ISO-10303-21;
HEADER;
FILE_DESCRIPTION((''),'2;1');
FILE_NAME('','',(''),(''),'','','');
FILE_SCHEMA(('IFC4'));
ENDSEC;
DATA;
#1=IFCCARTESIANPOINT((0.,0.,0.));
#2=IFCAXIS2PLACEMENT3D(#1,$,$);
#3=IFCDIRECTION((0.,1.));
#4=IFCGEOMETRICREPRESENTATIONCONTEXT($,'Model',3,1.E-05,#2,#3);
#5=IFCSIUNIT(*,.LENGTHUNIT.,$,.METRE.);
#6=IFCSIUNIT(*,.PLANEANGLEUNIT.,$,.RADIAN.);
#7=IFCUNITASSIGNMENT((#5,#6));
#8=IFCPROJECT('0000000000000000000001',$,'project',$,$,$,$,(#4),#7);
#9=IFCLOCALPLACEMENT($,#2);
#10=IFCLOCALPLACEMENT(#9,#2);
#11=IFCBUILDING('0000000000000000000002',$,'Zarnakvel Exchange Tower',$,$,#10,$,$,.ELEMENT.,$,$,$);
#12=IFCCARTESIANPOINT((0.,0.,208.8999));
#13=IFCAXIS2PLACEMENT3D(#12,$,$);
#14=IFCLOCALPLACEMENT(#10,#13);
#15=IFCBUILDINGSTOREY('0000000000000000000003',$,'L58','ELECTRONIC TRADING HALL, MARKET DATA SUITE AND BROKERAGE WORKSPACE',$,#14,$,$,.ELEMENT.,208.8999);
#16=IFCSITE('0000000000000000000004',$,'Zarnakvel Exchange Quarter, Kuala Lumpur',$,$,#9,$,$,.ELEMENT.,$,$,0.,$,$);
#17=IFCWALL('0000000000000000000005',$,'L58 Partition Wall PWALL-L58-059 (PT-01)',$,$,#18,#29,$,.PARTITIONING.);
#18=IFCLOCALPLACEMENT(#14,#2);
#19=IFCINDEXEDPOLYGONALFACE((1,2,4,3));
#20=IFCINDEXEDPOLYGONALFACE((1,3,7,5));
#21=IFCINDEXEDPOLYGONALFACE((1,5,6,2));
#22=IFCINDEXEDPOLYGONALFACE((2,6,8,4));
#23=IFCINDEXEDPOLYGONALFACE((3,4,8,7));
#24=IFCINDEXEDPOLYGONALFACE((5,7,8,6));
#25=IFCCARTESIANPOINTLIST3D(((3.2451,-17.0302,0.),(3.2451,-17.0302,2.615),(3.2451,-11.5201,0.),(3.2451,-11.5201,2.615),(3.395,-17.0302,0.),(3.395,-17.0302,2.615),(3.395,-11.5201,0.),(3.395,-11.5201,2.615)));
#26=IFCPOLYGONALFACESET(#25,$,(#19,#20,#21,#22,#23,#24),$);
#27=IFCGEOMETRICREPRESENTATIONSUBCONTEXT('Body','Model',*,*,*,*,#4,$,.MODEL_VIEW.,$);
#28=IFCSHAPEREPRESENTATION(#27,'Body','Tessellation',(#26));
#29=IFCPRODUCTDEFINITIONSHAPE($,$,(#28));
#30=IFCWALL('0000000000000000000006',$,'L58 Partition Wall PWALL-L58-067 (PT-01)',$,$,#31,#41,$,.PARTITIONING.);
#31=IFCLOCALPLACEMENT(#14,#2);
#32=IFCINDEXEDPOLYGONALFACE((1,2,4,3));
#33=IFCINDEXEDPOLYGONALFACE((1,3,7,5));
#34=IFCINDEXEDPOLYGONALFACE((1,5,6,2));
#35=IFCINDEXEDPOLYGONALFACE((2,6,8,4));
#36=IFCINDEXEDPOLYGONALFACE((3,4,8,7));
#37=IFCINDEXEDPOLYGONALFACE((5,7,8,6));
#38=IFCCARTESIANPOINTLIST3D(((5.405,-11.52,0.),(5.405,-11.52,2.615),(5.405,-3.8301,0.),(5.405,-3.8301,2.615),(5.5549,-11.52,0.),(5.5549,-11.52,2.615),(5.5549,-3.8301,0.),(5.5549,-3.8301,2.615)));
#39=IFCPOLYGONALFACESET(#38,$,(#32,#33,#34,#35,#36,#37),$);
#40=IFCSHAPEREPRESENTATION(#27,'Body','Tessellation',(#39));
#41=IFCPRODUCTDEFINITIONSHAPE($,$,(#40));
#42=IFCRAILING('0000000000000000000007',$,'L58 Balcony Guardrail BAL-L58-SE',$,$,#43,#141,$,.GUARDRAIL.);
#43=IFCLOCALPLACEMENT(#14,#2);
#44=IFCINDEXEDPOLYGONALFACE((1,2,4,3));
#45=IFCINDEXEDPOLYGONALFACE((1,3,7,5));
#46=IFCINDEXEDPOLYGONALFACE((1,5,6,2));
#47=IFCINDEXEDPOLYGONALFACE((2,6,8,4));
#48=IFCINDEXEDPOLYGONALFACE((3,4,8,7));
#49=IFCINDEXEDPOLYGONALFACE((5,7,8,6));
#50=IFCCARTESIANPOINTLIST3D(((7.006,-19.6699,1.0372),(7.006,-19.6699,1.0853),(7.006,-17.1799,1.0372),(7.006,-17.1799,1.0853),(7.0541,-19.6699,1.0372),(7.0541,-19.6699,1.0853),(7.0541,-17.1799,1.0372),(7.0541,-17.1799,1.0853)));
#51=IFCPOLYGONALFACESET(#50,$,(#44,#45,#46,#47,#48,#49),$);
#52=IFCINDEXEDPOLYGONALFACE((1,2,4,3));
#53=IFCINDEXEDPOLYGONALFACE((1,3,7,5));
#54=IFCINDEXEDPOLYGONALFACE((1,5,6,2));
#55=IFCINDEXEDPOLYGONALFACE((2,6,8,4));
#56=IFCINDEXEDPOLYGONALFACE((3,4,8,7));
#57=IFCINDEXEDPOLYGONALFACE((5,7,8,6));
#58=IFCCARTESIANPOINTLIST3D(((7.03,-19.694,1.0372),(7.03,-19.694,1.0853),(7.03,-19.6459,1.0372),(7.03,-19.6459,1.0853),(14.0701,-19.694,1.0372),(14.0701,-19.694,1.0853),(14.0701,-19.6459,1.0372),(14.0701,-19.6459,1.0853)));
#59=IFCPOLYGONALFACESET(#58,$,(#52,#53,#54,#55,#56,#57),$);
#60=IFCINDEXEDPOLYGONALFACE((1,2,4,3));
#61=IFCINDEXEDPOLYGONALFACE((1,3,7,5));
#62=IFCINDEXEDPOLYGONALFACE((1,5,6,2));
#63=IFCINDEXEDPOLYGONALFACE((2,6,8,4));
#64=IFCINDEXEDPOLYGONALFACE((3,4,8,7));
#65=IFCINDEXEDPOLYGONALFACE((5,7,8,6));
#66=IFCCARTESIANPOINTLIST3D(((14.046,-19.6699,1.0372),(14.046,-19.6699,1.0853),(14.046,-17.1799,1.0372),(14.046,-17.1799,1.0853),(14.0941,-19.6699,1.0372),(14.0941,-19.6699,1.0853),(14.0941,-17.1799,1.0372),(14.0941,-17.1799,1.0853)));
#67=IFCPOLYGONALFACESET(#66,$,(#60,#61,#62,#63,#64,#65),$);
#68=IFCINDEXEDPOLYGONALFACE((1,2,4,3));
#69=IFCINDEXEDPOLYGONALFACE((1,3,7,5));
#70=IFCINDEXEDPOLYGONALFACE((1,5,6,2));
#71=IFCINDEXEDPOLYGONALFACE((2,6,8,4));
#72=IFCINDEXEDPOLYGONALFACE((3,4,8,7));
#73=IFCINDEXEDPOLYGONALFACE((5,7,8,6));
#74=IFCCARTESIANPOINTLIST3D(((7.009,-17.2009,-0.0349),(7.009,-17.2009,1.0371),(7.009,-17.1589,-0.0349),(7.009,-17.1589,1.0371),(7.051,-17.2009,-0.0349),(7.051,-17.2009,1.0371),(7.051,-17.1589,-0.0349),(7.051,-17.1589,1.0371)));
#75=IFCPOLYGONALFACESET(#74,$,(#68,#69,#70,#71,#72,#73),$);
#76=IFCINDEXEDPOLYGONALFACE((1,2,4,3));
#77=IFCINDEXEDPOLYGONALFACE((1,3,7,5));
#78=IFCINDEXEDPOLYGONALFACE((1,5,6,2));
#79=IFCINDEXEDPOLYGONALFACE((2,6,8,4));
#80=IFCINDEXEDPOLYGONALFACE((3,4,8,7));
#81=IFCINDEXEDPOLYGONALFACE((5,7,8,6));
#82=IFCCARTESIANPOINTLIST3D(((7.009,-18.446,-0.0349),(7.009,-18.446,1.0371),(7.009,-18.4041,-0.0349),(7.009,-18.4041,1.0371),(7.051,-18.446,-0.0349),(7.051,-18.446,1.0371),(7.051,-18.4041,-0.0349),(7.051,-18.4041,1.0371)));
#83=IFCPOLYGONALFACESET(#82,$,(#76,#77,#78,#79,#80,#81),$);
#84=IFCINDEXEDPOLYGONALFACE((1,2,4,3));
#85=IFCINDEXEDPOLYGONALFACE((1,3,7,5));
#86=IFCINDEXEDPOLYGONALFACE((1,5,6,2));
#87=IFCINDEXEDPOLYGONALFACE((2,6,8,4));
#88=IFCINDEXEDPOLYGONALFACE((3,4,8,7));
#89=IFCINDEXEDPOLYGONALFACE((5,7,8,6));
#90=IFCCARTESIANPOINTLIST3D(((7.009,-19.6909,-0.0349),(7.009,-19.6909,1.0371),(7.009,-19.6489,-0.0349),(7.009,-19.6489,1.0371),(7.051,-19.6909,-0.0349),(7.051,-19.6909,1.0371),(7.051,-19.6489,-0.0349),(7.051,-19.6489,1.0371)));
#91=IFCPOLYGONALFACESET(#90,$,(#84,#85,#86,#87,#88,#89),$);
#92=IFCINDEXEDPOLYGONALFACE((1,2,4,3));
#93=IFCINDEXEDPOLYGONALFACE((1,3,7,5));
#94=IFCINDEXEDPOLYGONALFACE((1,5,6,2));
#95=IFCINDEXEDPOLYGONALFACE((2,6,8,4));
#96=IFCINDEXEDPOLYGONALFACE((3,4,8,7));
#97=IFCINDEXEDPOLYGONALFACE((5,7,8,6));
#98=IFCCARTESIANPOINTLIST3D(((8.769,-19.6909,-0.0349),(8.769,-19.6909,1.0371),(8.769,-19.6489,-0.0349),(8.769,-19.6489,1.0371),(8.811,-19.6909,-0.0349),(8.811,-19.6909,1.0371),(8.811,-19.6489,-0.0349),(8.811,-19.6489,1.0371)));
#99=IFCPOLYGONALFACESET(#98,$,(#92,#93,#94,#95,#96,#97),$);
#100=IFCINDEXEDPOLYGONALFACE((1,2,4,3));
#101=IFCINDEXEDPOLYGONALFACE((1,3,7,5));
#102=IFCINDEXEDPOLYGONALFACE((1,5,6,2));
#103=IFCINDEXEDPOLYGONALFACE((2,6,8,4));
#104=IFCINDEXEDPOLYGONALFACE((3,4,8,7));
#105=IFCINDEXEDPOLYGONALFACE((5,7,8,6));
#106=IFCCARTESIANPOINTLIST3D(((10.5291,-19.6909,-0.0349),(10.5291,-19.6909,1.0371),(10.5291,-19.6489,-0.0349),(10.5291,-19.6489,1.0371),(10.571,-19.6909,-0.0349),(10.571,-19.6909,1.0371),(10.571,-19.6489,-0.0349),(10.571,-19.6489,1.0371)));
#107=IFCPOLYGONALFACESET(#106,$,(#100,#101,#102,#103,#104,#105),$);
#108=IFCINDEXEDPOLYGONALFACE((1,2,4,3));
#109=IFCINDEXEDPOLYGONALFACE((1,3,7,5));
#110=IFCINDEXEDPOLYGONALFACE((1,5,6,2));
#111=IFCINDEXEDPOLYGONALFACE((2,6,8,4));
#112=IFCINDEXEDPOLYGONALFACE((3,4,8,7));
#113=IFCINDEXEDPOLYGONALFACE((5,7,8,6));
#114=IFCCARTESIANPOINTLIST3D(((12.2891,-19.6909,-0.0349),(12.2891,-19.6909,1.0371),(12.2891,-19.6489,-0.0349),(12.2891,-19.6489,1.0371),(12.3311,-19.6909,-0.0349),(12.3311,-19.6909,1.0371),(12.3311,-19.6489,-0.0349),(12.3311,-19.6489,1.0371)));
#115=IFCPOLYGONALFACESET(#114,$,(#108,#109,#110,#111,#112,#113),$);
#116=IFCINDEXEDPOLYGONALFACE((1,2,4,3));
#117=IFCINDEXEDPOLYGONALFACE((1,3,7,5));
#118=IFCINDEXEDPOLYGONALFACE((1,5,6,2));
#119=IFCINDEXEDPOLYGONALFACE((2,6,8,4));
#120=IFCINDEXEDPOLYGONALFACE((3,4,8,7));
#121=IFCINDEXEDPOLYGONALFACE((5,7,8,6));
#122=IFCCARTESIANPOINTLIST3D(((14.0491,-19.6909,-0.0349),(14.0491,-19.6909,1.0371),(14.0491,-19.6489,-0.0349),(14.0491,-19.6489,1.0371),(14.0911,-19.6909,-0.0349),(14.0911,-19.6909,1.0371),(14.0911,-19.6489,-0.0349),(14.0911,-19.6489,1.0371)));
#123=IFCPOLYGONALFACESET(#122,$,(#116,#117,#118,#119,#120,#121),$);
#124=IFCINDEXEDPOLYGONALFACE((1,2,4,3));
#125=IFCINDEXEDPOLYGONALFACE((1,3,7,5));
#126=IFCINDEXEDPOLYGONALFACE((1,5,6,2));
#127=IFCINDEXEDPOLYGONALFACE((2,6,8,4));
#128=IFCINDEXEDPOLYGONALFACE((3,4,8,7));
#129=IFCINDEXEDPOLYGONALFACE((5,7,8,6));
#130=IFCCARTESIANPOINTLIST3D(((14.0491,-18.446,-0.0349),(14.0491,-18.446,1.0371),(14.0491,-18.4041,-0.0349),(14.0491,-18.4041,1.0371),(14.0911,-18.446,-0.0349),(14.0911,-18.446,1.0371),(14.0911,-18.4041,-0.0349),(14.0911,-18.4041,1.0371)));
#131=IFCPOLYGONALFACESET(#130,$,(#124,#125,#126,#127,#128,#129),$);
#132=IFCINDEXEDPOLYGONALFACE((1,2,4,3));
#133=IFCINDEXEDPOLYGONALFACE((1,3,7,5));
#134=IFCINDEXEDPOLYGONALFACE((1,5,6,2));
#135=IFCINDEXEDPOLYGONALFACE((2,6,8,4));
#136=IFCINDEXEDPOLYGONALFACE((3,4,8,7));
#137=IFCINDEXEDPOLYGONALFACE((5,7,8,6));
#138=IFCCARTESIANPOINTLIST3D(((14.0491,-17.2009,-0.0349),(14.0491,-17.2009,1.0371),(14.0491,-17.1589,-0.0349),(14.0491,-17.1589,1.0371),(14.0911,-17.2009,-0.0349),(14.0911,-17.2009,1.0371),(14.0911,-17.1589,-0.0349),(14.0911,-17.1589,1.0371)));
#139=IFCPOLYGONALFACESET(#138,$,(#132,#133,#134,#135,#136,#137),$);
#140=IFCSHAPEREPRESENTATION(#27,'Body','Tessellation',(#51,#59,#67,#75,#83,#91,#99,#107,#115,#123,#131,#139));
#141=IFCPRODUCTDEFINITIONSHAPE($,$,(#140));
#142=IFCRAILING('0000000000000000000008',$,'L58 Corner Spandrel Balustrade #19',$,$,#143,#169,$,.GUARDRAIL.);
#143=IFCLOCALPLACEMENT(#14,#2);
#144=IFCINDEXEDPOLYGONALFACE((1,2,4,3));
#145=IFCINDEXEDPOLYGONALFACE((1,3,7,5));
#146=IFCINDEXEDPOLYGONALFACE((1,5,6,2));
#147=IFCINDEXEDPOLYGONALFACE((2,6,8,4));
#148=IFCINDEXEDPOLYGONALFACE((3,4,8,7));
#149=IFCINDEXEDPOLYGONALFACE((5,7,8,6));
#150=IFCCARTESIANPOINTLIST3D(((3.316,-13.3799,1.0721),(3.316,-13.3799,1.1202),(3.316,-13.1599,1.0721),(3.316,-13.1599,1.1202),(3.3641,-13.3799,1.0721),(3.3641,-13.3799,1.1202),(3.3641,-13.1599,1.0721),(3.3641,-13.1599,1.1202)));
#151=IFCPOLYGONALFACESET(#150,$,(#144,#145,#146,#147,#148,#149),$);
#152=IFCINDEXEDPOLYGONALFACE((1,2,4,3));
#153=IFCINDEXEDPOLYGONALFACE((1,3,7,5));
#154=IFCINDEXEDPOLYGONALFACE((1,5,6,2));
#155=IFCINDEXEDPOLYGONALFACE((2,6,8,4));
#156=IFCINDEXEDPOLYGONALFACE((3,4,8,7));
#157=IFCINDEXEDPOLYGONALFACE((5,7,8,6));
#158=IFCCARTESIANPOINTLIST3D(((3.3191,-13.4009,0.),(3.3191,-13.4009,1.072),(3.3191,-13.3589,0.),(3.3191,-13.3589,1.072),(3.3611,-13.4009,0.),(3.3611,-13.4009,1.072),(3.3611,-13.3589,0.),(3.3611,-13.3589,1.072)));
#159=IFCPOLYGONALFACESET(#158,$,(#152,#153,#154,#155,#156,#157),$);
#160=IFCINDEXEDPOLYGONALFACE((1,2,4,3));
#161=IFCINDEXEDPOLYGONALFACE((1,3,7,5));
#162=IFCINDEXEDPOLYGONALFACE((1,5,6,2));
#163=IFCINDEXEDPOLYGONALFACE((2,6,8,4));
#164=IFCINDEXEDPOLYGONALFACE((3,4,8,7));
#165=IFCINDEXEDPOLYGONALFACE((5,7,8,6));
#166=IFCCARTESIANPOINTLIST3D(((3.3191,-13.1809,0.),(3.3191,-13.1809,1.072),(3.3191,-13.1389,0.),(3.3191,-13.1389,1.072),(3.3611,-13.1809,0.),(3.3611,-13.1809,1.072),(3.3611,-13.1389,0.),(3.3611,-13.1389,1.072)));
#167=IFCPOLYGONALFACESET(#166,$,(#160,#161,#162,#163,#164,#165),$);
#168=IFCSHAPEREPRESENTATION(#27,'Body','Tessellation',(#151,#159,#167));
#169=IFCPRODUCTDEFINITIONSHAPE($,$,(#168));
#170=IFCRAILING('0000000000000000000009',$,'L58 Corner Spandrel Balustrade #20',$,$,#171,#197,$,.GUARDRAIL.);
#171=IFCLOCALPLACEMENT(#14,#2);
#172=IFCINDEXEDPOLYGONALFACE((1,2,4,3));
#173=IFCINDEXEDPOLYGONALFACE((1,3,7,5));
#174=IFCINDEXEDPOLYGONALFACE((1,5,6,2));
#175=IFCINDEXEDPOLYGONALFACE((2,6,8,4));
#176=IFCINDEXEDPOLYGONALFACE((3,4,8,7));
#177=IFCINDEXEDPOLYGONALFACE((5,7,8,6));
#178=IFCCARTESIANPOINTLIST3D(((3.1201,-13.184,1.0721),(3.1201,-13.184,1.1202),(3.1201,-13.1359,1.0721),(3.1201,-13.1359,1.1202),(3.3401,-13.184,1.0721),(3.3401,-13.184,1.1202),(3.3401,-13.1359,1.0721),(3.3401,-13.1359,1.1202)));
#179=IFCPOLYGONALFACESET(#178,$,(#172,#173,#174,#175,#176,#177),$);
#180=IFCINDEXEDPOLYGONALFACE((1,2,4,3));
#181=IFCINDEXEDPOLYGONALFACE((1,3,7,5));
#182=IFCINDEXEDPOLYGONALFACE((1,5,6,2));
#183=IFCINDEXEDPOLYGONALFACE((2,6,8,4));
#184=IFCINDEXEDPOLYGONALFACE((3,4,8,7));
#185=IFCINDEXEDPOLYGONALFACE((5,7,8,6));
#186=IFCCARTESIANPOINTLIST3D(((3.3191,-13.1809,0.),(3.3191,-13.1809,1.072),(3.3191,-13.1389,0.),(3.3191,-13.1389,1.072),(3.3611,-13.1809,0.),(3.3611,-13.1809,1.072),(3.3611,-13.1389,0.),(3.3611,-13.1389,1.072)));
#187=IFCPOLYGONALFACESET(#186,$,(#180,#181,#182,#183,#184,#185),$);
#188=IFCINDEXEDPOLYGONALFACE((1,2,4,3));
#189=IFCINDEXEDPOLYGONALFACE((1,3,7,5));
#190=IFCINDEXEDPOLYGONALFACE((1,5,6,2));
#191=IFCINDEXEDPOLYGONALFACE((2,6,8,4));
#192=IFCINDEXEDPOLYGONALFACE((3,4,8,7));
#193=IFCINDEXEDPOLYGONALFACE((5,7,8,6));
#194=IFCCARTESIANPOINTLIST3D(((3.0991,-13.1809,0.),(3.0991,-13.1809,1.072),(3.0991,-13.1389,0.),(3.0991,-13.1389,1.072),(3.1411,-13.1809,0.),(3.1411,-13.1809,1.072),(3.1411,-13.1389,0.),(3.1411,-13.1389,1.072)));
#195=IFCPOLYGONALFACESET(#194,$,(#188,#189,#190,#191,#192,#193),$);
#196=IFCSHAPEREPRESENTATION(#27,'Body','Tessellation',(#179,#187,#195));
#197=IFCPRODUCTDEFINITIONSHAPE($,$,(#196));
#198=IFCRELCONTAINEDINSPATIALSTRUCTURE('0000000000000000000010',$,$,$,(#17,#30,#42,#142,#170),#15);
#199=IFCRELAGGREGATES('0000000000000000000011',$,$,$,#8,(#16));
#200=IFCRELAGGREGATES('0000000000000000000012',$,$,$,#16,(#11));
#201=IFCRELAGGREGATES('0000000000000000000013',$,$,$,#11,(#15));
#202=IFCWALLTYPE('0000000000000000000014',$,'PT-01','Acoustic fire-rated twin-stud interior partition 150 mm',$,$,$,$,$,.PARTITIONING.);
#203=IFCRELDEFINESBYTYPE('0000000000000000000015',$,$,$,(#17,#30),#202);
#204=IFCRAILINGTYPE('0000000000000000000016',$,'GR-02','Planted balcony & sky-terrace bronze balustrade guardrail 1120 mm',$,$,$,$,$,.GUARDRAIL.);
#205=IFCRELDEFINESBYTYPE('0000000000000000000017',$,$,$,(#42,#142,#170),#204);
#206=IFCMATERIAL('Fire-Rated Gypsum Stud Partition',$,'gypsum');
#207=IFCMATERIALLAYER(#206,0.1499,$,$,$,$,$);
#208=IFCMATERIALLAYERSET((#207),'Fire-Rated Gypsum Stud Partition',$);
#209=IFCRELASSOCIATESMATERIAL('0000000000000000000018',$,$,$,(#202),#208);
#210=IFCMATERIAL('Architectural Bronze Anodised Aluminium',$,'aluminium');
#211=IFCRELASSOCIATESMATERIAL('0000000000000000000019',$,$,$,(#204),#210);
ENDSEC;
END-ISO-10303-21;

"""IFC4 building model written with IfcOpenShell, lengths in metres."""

from ifc_helpers import new_model, si_unit, direction, frame, frame_2d, origin, origin_2d, place, context, subcontext, project, spatial, rectangle, extrude, material, layer, layer_set, type_object, element, save


model = new_model("IFC4")

# Units and contexts
model_context = context("Model", 3, precision=1e-05, world=origin(), true_north=direction((0.0, 1.0)))
body_context = subcontext(model_context, "Body", "Model", "MODEL_VIEW")
ifc_project = project(units=[si_unit("LENGTHUNIT", "METRE"), si_unit("PLANEANGLEUNIT", "RADIAN")], contexts=[model_context])

# Site, building, storey
site_placement = place(None, origin())
site = spatial("IfcSite", under=ifc_project, at=site_placement, Name="Zarnakvel Exchange Quarter, Kuala Lumpur", CompositionType="ELEMENT", RefElevation=0.0)
building_placement = place(site_placement, origin())
building = spatial("IfcBuilding", under=site, at=building_placement, Name="Zarnakvel Exchange Tower", CompositionType="ELEMENT")
storey_placement = place(building_placement, frame((0.0, 0.0, 208.8999)))
storey = spatial("IfcBuildingStorey", under=building, at=storey_placement, Name="L58", Description="ELECTRONIC TRADING HALL, MARKET DATA SUITE AND BROKERAGE WORKSPACE", CompositionType="ELEMENT", Elevation=208.8999)

# Shared definitions
ifc_material_1 = material(Name="Architectural Bronze Anodised Aluminium", Category="aluminium")

# Walls
ifc_material_2 = material(Name="Fire-Rated Gypsum Stud Partition", Category="gypsum")
ifc_layer_1 = layer(ifc_material_2, 0.1499)
ifc_layer_set_1 = layer_set([ifc_layer_1], Name="Fire-Rated Gypsum Stud Partition")
wall_type_1 = type_object("IfcWallType", Name="PT-01", Description="Acoustic fire-rated twin-stud interior partition 150 mm", PredefinedType="PARTITIONING", material=ifc_layer_set_1)
wall_1_placement = place(storey_placement, frame((3.3201, -17.03, 0.0), z_axis=(0.0, 0.0, 1.0), x_axis=(0.0, 1.0, 0.0)))
element("IfcWall", 1, at=wall_1_placement, inside=storey, type_object=wall_type_1, Name="L58 Partition Wall PWALL-L58-059 (PT-01)", PredefinedType="PARTITIONING", context=body_context, shape_type="SweptSolid", body=[
    extrude(rectangle(XDim=5.51, YDim=0.1499, at=frame_2d((2.7549, 0.0))), origin(), (0.0, 0.0, 1.0), 2.615),
])
wall_2_placement = place(storey_placement, frame((5.48, -11.52, 0.0), z_axis=(0.0, 0.0, 1.0), x_axis=(0.0, 1.0, 0.0)))
element("IfcWall", 2, at=wall_2_placement, inside=storey, type_object=wall_type_1, Name="L58 Partition Wall PWALL-L58-067 (PT-01)", PredefinedType="PARTITIONING", context=body_context, shape_type="SweptSolid", body=[
    extrude(rectangle(XDim=7.6899, YDim=0.1499, at=frame_2d((3.845, 0.0))), origin(), (0.0, 0.0, 1.0), 2.615),
])

# Railings
railing_type = type_object("IfcRailingType", Name="GR-02", Description="Planted balcony & sky-terrace bronze balustrade guardrail 1120 mm", PredefinedType="GUARDRAIL", material=ifc_material_1)
railing_1_placement = place(storey_placement, frame((7.03, -17.1799, -0.0349)))
element("IfcRailing", 3, at=railing_1_placement, inside=storey, type_object=railing_type, Name="L58 Balcony Guardrail BAL-L58-SE", PredefinedType="GUARDRAIL", context=body_context, shape_type="SweptSolid", body=[
    extrude(rectangle(XDim=0.0481, YDim=0.0481, at=origin_2d()), frame((0.0, 0.0, 1.0962), z_axis=(0.0, -1.0, 0.0), x_axis=(1.0, 0.0, 0.0)), (0.0, 0.0, 1.0), 2.49),
    extrude(rectangle(XDim=0.0481, YDim=0.0481, at=origin_2d()), frame((0.0, -2.49, 1.0962), z_axis=(1.0, 0.0, 0.0), x_axis=(0.0, 1.0, 0.0)), (0.0, 0.0, 1.0), 7.04),
    extrude(rectangle(XDim=0.0481, YDim=0.0481, at=origin_2d()), frame((7.04, -2.49, 1.0962), z_axis=(0.0, 1.0, 0.0), x_axis=(-1.0, 0.0, 0.0)), (0.0, 0.0, 1.0), 2.49),
    extrude(rectangle(XDim=0.042, YDim=0.042, at=origin_2d()), origin(), (0.0, 0.0, 1.0), 1.072),
    extrude(rectangle(XDim=0.042, YDim=0.042, at=origin_2d()), frame((0.0, -1.2451, 0.0)), (0.0, 0.0, 1.0), 1.072),
    extrude(rectangle(XDim=0.042, YDim=0.042, at=origin_2d()), frame((0.0, -2.49, 0.0)), (0.0, 0.0, 1.0), 1.072),
    extrude(rectangle(XDim=0.042, YDim=0.042, at=origin_2d()), frame((1.76, -2.49, 0.0)), (0.0, 0.0, 1.0), 1.072),
    extrude(rectangle(XDim=0.042, YDim=0.042, at=origin_2d()), frame((3.52, -2.49, 0.0)), (0.0, 0.0, 1.0), 1.072),
    extrude(rectangle(XDim=0.042, YDim=0.042, at=origin_2d()), frame((5.28, -2.49, 0.0)), (0.0, 0.0, 1.0), 1.072),
    extrude(rectangle(XDim=0.042, YDim=0.042, at=origin_2d()), frame((7.04, -2.49, 0.0)), (0.0, 0.0, 1.0), 1.072),
    extrude(rectangle(XDim=0.042, YDim=0.042, at=origin_2d()), frame((7.04, -1.2451, 0.0)), (0.0, 0.0, 1.0), 1.072),
    extrude(rectangle(XDim=0.042, YDim=0.042, at=origin_2d()), frame((7.04, 0.0, 0.0)), (0.0, 0.0, 1.0), 1.072),
])
railing_2_placement = place(storey_placement, frame((3.3401, -13.3799, 0.0)))
element("IfcRailing", 4, at=railing_2_placement, inside=storey, type_object=railing_type, Name="L58 Corner Spandrel Balustrade #19", PredefinedType="GUARDRAIL", context=body_context, shape_type="SweptSolid", body=[
    extrude(rectangle(XDim=0.0481, YDim=0.0481, at=origin_2d()), frame((0.0, 0.0, 1.0962), z_axis=(0.0, 1.0, 0.0), x_axis=(-1.0, 0.0, 0.0)), (0.0, 0.0, 1.0), 0.22),
    extrude(rectangle(XDim=0.042, YDim=0.042, at=origin_2d()), origin(), (0.0, 0.0, 1.0), 1.072),
    extrude(rectangle(XDim=0.042, YDim=0.042, at=origin_2d()), frame((0.0, 0.22, 0.0)), (0.0, 0.0, 1.0), 1.072),
])
railing_3_placement = place(storey_placement, frame((3.3401, -13.1599, 0.0)))
element("IfcRailing", 5, at=railing_3_placement, inside=storey, type_object=railing_type, Name="L58 Corner Spandrel Balustrade #20", PredefinedType="GUARDRAIL", context=body_context, shape_type="SweptSolid", body=[
    extrude(rectangle(XDim=0.0481, YDim=0.0481, at=origin_2d()), frame((0.0, 0.0, 1.0962), z_axis=(-1.0, 0.0, 0.0), x_axis=(0.0, -1.0, 0.0)), (0.0, 0.0, 1.0), 0.22),
    extrude(rectangle(XDim=0.042, YDim=0.042, at=origin_2d()), origin(), (0.0, 0.0, 1.0), 1.072),
    extrude(rectangle(XDim=0.042, YDim=0.042, at=origin_2d()), frame((-0.22, 0.0, 0.0)), (0.0, 0.0, 1.0), 1.072),
])

save(model, "model.ifc")
